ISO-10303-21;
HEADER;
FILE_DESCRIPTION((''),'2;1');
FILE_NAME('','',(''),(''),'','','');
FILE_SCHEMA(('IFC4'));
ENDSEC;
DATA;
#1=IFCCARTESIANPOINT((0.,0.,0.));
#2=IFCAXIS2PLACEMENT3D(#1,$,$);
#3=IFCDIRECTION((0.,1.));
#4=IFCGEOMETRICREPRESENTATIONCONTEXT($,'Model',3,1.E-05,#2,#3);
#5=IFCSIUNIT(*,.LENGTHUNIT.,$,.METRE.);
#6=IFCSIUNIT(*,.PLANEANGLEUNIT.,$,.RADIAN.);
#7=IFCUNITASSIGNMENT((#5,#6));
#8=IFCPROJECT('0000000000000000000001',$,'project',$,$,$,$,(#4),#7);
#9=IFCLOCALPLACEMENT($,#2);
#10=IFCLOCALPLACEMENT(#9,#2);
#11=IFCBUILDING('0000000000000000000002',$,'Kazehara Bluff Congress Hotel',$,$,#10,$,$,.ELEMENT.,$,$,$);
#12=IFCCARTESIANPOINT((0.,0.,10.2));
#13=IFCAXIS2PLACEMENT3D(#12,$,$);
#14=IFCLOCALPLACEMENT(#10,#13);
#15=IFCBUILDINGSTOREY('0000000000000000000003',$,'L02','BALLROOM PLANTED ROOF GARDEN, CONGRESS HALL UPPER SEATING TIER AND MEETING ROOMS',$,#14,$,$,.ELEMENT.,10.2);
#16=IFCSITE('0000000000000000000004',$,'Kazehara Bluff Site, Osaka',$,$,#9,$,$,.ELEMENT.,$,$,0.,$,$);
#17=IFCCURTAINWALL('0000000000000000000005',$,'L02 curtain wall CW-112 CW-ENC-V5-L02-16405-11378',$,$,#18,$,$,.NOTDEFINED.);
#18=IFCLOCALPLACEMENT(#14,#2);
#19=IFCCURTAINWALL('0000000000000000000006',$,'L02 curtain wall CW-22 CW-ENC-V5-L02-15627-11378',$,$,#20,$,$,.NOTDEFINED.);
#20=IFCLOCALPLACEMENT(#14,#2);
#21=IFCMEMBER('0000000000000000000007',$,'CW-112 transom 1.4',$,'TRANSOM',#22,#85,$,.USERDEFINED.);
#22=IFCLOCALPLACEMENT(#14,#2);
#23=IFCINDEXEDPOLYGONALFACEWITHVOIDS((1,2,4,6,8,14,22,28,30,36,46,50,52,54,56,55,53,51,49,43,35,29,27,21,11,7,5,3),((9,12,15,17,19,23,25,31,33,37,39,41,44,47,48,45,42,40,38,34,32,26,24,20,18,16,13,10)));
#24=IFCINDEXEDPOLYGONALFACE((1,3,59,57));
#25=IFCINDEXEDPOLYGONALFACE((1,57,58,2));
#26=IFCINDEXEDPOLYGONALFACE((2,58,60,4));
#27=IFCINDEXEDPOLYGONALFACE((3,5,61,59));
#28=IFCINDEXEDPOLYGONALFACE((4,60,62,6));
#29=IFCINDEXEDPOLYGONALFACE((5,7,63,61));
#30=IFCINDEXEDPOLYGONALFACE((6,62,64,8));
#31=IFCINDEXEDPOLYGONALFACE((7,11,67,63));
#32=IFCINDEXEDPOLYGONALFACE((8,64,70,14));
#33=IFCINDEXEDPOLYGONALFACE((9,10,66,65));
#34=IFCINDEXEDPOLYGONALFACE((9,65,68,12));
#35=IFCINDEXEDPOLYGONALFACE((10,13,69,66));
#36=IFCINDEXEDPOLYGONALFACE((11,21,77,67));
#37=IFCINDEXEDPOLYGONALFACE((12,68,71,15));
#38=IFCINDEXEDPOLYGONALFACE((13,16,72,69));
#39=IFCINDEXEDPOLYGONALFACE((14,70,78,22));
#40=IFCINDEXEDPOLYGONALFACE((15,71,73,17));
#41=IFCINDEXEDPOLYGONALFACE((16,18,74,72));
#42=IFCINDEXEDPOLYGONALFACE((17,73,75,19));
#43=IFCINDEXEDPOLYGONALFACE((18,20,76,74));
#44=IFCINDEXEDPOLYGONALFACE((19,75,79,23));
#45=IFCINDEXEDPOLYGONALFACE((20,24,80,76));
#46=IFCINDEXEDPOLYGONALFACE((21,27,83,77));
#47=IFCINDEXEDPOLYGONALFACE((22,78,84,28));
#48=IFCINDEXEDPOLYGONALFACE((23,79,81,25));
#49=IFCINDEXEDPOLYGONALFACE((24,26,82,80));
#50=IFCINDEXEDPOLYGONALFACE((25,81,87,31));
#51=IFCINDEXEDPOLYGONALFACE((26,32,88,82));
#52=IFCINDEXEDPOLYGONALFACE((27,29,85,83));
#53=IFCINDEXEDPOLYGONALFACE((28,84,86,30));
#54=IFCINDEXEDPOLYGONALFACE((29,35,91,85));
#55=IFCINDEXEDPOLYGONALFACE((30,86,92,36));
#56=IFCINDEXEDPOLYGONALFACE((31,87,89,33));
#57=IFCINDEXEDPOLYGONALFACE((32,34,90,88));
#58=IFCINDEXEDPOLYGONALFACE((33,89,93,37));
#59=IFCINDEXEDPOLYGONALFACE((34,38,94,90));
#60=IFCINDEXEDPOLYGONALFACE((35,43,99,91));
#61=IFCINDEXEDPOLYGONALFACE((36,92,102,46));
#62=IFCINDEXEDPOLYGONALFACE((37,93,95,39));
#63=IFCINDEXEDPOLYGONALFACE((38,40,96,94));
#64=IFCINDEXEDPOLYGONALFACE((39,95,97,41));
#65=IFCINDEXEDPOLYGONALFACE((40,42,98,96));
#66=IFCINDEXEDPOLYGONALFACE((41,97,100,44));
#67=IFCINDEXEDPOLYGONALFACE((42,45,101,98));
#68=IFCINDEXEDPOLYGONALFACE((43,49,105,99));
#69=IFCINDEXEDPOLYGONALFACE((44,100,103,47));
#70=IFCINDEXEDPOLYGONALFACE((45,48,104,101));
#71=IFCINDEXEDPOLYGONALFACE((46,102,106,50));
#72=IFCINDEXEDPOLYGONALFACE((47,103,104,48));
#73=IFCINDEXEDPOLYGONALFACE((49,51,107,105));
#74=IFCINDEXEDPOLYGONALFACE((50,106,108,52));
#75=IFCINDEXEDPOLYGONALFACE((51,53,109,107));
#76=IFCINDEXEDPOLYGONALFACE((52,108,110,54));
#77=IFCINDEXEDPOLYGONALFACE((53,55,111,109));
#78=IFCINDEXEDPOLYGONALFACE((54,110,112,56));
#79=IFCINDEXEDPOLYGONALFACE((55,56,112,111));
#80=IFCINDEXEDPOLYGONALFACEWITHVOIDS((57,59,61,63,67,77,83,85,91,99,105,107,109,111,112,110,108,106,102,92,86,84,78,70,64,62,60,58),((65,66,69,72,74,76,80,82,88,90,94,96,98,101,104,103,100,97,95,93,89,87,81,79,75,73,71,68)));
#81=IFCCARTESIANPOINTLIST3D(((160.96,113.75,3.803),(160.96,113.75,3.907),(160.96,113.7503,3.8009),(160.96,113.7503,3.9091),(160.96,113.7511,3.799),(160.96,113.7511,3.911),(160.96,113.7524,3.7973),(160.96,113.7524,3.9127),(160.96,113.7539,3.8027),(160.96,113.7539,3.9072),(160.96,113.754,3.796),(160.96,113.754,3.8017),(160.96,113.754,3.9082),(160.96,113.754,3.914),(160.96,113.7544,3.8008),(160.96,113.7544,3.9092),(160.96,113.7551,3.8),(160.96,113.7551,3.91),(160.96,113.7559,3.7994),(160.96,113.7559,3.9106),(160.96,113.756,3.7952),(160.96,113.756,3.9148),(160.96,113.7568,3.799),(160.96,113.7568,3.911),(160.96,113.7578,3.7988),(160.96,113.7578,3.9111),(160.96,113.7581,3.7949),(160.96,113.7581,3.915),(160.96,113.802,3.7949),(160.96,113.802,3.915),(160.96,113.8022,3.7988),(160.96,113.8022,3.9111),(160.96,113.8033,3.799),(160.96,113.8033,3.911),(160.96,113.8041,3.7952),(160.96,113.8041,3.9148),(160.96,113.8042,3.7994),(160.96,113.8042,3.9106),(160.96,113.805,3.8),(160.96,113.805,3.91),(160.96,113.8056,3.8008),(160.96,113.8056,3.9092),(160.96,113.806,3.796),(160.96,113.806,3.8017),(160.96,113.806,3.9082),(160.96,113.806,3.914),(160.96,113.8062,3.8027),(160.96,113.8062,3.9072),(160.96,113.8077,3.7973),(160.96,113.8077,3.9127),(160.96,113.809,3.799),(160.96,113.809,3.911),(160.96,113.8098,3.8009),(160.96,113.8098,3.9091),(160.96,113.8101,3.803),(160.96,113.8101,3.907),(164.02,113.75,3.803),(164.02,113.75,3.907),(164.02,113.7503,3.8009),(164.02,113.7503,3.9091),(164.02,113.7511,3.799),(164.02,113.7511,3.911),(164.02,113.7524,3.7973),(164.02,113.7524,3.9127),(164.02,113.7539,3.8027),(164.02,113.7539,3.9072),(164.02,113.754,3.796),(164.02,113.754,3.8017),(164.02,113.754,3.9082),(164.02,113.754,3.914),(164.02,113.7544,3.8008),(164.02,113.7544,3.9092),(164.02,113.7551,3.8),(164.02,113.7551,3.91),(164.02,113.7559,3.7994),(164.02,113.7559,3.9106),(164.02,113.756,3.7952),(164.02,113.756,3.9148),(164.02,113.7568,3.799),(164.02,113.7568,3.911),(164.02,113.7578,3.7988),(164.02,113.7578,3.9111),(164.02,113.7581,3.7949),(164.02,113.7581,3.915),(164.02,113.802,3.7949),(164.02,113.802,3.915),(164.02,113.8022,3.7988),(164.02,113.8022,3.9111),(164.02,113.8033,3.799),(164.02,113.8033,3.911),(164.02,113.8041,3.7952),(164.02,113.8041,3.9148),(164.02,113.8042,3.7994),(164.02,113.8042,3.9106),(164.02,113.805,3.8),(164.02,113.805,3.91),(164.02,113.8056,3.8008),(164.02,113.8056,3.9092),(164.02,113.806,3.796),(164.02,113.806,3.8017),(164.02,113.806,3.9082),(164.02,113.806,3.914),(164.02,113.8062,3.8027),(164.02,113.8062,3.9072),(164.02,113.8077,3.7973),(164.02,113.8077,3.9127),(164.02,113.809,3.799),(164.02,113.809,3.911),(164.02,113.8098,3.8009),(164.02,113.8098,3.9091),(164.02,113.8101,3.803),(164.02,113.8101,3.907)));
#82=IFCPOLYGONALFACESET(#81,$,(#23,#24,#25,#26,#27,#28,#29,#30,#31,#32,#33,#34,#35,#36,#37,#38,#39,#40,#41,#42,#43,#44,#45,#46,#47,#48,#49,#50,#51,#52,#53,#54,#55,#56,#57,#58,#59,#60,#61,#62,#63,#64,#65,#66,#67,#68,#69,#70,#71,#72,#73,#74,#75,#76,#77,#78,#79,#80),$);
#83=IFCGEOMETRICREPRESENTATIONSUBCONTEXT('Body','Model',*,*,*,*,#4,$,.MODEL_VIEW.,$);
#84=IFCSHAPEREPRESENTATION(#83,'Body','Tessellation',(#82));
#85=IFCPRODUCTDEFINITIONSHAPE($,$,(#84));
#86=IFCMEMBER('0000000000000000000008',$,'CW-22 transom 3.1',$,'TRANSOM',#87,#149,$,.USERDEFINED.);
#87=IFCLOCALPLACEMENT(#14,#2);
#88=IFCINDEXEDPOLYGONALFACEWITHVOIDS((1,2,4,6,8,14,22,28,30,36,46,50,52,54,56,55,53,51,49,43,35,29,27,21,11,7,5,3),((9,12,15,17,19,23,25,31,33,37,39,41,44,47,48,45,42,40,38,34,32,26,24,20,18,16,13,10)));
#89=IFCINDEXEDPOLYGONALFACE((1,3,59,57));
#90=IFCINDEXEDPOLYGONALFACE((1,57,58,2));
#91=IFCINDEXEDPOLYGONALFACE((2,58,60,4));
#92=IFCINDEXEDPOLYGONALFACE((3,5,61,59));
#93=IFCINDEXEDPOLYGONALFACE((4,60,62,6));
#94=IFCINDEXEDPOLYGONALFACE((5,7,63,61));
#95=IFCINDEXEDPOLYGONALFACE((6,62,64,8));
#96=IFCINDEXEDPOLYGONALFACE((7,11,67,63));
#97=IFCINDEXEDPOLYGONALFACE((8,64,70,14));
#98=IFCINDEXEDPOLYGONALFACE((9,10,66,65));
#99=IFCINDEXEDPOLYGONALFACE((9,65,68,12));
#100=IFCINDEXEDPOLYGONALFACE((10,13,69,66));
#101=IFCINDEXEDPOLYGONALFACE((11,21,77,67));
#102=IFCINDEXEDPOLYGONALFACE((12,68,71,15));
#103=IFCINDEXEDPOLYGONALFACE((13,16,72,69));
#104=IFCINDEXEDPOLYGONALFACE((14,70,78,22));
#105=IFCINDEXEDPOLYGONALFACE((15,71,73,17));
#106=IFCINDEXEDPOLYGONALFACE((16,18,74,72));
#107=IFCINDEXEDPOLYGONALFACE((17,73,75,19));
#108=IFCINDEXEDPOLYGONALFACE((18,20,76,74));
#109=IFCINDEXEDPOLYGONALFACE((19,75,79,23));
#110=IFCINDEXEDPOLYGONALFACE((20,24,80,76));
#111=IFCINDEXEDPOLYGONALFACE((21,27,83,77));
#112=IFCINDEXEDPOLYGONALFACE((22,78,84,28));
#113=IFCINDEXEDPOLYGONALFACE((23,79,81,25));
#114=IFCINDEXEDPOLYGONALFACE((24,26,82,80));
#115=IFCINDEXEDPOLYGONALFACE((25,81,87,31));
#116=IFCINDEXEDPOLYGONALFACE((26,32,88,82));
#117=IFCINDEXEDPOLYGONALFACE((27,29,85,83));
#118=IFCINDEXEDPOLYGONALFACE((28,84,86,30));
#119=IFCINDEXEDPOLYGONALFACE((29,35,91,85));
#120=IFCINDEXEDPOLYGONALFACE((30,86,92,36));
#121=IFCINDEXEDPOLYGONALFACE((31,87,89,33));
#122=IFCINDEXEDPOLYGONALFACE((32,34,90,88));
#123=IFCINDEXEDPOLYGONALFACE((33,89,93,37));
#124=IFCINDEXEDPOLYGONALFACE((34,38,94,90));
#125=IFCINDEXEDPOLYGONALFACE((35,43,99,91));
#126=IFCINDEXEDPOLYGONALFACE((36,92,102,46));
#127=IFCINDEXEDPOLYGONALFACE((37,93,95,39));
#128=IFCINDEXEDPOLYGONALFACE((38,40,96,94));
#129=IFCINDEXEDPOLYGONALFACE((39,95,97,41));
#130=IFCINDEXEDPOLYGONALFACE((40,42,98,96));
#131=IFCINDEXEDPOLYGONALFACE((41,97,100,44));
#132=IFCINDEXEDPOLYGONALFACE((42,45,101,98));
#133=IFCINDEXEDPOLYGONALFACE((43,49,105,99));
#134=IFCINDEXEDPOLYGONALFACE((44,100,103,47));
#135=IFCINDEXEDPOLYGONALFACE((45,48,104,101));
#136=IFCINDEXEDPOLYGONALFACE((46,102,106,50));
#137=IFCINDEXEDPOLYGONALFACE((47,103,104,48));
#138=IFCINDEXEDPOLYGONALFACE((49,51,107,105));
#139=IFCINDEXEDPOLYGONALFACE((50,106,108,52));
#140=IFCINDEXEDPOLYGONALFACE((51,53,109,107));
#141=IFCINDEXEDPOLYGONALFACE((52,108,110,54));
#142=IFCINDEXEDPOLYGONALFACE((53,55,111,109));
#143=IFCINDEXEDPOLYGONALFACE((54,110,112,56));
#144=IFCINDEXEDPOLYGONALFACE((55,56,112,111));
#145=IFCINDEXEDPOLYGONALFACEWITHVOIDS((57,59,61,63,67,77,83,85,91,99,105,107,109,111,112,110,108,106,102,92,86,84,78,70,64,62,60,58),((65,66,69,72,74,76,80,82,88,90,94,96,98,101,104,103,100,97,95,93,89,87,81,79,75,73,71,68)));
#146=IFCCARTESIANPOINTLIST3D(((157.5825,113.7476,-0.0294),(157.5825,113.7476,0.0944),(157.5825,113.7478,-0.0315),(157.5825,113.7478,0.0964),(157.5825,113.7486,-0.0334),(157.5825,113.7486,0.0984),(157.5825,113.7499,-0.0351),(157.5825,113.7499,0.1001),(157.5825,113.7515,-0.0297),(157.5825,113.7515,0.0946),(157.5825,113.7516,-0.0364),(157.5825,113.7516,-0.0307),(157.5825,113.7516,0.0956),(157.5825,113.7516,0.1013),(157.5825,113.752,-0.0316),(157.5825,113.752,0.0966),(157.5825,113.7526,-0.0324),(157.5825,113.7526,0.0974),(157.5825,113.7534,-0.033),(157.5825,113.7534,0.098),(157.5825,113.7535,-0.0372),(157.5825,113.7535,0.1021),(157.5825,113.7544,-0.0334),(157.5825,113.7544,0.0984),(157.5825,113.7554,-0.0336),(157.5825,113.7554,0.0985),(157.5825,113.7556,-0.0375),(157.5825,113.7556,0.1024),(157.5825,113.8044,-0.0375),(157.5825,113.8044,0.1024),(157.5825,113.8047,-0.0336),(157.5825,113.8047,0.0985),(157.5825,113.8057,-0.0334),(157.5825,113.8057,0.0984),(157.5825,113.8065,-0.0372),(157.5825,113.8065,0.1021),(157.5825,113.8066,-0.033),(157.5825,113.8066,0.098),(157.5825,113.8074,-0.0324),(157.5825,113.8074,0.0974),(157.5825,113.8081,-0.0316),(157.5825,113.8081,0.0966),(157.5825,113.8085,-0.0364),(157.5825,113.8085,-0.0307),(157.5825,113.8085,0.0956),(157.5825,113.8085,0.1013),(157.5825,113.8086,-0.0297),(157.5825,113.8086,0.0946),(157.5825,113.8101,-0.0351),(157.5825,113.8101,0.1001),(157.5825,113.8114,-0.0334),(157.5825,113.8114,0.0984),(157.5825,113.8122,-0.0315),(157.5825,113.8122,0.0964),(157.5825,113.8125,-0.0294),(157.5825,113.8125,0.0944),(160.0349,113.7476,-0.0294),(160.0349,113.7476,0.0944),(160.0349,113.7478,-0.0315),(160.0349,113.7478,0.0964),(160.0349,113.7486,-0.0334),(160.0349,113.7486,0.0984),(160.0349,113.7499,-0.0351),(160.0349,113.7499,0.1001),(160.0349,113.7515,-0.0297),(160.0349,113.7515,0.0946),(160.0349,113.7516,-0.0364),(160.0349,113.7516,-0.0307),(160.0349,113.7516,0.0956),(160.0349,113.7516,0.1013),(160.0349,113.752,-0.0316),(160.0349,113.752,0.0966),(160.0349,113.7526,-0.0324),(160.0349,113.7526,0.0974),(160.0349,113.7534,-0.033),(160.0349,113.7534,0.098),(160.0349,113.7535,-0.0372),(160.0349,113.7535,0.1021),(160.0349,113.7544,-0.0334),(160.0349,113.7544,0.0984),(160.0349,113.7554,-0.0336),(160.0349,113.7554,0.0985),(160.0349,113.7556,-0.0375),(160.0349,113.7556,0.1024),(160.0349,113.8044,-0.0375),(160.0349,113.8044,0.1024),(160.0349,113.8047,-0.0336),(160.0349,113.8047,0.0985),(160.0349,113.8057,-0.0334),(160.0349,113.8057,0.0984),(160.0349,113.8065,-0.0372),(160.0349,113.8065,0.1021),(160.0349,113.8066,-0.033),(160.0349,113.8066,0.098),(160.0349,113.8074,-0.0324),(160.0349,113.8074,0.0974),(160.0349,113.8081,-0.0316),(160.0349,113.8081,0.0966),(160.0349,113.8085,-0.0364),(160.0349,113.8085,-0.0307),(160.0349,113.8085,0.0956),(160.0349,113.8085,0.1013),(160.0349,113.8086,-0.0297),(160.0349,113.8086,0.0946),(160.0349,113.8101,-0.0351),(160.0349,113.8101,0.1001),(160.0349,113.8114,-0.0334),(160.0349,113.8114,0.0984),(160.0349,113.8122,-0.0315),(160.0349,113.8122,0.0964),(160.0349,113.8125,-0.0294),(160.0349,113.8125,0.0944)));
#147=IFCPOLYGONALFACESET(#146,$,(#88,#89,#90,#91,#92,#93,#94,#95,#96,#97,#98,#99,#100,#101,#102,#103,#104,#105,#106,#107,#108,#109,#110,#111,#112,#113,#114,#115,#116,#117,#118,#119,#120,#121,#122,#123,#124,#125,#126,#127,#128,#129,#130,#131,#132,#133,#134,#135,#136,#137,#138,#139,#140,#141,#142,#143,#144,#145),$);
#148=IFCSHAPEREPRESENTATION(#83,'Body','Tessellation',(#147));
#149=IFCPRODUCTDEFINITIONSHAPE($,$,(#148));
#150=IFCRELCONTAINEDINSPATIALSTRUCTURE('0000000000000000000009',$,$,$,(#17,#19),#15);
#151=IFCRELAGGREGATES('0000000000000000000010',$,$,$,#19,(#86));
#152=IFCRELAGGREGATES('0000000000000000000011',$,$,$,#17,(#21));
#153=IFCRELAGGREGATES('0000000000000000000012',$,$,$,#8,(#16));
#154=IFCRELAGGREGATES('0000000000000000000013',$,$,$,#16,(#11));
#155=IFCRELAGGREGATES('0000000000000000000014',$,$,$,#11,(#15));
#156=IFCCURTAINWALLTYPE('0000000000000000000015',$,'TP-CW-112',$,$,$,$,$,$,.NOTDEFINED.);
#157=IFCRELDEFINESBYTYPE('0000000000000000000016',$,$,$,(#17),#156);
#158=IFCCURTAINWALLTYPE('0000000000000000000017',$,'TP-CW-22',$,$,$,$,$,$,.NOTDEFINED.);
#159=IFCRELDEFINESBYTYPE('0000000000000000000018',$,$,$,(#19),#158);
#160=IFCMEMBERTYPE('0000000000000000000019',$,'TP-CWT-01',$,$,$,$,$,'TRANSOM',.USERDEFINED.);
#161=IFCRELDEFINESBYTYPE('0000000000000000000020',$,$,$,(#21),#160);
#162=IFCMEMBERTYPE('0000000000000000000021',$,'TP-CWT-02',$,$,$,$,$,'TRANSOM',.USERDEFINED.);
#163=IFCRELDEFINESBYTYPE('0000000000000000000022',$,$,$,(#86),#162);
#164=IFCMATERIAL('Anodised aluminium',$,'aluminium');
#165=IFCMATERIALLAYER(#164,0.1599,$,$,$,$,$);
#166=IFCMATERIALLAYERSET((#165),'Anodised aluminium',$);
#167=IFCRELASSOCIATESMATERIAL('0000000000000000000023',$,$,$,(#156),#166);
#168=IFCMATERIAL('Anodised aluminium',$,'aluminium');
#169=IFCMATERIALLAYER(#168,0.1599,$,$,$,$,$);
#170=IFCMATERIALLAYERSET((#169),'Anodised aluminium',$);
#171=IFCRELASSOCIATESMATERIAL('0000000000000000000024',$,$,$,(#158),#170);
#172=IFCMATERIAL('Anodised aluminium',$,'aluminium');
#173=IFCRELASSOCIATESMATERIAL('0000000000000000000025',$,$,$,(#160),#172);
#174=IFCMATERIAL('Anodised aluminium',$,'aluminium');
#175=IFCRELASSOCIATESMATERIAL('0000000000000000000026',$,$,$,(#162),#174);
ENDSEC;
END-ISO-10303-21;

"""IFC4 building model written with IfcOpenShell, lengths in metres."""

from ifc_helpers import new_model, si_unit, direction, frame, origin, origin_2d, place, context, subcontext, project, spatial, hollow_rectangle, extrude, material, layer, layer_set, material_profile, profile_set, type_object, element, aggregate, save


model = new_model("IFC4")

# Units and contexts
model_context = context("Model", 3, precision=1e-05, world=origin(), true_north=direction((0.0, 1.0)))
body_context = subcontext(model_context, "Body", "Model", "MODEL_VIEW")
ifc_project = project(units=[si_unit("LENGTHUNIT", "METRE"), si_unit("PLANEANGLEUNIT", "RADIAN")], contexts=[model_context])

# Site, building, storey
site_placement = place(None, origin())
site = spatial("IfcSite", under=ifc_project, at=site_placement, Name="Kazehara Bluff Site, Osaka", CompositionType="ELEMENT", RefElevation=0.0)
building_placement = place(site_placement, origin())
building = spatial("IfcBuilding", under=site, at=building_placement, Name="Kazehara Bluff Congress Hotel", CompositionType="ELEMENT")
storey_placement = place(building_placement, frame((0.0, 0.0, 10.2)))
storey = spatial("IfcBuildingStorey", under=building, at=storey_placement, Name="L02", Description="BALLROOM PLANTED ROOF GARDEN, CONGRESS HALL UPPER SEATING TIER AND MEETING ROOMS", CompositionType="ELEMENT", Elevation=10.2)

# Curtain walls
ifc_material_1 = material(Name="Anodised aluminium", Category="aluminium")
ifc_layer_1 = layer(ifc_material_1, 0.1599)
ifc_layer_set_1 = layer_set([ifc_layer_1], Name="Anodised aluminium")
curtain_wall_type_1 = type_object("IfcCurtainWallType", Name="TP-CW-112", PredefinedType="NOTDEFINED", material=ifc_layer_set_1)
curtain_wall_1_placement = place(storey_placement, origin())
curtain_wall_1 = element("IfcCurtainWall", 1, at=curtain_wall_1_placement, inside=storey, type_object=curtain_wall_type_1, Name="L02 curtain wall CW-112 CW-ENC-V5-L02-16405-11378", PredefinedType="NOTDEFINED")
ifc_material_2 = material(Name="Anodised aluminium", Category="aluminium")
ifc_layer_2 = layer(ifc_material_2, 0.1599)
ifc_layer_set_2 = layer_set([ifc_layer_2], Name="Anodised aluminium")
curtain_wall_type_2 = type_object("IfcCurtainWallType", Name="TP-CW-22", PredefinedType="NOTDEFINED", material=ifc_layer_set_2)
curtain_wall_2_placement = place(storey_placement, origin())
curtain_wall_2 = element("IfcCurtainWall", 2, at=curtain_wall_2_placement, inside=storey, type_object=curtain_wall_type_2, Name="L02 curtain wall CW-22 CW-ENC-V5-L02-15627-11378", PredefinedType="NOTDEFINED")

# Members
ifc_material_3 = material(Name="Anodised aluminium", Category="aluminium")
ifc_material_profile_1 = material_profile(ifc_material_3, hollow_rectangle(XDim=0.0601, YDim=0.1201, WallThickness=0.0039, InnerFilletRadius=0.0039, OuterFilletRadius=0.0081, at=origin_2d()))
ifc_profile_set_1 = profile_set([ifc_material_profile_1], Name="Anodised aluminium")
member_type_1 = type_object("IfcMemberType", Name="TP-CWT-01", ElementType="TRANSOM", PredefinedType="USERDEFINED", material=ifc_profile_set_1)
member_1_placement = place(storey_placement, frame((160.96, 113.78, 3.855), z_axis=(1.0, 0.0, 0.0), x_axis=(0.0, 1.0, 0.0)))
member_1 = element("IfcMember", 3, at=member_1_placement, type_object=member_type_1, Name="CW-112 transom 1.4", ObjectType="TRANSOM", PredefinedType="USERDEFINED", context=body_context, shape_type="SweptSolid", body=[
    extrude(hollow_rectangle(XDim=0.0601, YDim=0.1201, WallThickness=0.0039, InnerFilletRadius=0.0039, OuterFilletRadius=0.0081, at=origin_2d()), origin(), (0.0, 0.0, 1.0), 3.0601),
])
ifc_material_4 = material(Name="Anodised aluminium", Category="aluminium")
ifc_material_profile_2 = material_profile(ifc_material_4, hollow_rectangle(XDim=0.0649, YDim=0.1399, WallThickness=0.0039, InnerFilletRadius=0.0039, OuterFilletRadius=0.0081, at=origin_2d()))
ifc_profile_set_2 = profile_set([ifc_material_profile_2], Name="Anodised aluminium")
member_type_2 = type_object("IfcMemberType", Name="TP-CWT-02", ElementType="TRANSOM", PredefinedType="USERDEFINED", material=ifc_profile_set_2)
member_2_placement = place(storey_placement, frame((157.5825, 113.78, 0.0325), z_axis=(1.0, 0.0, 0.0), x_axis=(0.0, 1.0, 0.0)))
member_2 = element("IfcMember", 4, at=member_2_placement, type_object=member_type_2, Name="CW-22 transom 3.1", ObjectType="TRANSOM", PredefinedType="USERDEFINED", context=body_context, shape_type="SweptSolid", body=[
    extrude(hollow_rectangle(XDim=0.0649, YDim=0.1399, WallThickness=0.0039, InnerFilletRadius=0.0039, OuterFilletRadius=0.0081, at=origin_2d()), origin(), (0.0, 0.0, 1.0), 2.4524),
])

aggregate(curtain_wall_2, [member_2])
aggregate(curtain_wall_1, [member_1])

save(model, "model.ifc")
